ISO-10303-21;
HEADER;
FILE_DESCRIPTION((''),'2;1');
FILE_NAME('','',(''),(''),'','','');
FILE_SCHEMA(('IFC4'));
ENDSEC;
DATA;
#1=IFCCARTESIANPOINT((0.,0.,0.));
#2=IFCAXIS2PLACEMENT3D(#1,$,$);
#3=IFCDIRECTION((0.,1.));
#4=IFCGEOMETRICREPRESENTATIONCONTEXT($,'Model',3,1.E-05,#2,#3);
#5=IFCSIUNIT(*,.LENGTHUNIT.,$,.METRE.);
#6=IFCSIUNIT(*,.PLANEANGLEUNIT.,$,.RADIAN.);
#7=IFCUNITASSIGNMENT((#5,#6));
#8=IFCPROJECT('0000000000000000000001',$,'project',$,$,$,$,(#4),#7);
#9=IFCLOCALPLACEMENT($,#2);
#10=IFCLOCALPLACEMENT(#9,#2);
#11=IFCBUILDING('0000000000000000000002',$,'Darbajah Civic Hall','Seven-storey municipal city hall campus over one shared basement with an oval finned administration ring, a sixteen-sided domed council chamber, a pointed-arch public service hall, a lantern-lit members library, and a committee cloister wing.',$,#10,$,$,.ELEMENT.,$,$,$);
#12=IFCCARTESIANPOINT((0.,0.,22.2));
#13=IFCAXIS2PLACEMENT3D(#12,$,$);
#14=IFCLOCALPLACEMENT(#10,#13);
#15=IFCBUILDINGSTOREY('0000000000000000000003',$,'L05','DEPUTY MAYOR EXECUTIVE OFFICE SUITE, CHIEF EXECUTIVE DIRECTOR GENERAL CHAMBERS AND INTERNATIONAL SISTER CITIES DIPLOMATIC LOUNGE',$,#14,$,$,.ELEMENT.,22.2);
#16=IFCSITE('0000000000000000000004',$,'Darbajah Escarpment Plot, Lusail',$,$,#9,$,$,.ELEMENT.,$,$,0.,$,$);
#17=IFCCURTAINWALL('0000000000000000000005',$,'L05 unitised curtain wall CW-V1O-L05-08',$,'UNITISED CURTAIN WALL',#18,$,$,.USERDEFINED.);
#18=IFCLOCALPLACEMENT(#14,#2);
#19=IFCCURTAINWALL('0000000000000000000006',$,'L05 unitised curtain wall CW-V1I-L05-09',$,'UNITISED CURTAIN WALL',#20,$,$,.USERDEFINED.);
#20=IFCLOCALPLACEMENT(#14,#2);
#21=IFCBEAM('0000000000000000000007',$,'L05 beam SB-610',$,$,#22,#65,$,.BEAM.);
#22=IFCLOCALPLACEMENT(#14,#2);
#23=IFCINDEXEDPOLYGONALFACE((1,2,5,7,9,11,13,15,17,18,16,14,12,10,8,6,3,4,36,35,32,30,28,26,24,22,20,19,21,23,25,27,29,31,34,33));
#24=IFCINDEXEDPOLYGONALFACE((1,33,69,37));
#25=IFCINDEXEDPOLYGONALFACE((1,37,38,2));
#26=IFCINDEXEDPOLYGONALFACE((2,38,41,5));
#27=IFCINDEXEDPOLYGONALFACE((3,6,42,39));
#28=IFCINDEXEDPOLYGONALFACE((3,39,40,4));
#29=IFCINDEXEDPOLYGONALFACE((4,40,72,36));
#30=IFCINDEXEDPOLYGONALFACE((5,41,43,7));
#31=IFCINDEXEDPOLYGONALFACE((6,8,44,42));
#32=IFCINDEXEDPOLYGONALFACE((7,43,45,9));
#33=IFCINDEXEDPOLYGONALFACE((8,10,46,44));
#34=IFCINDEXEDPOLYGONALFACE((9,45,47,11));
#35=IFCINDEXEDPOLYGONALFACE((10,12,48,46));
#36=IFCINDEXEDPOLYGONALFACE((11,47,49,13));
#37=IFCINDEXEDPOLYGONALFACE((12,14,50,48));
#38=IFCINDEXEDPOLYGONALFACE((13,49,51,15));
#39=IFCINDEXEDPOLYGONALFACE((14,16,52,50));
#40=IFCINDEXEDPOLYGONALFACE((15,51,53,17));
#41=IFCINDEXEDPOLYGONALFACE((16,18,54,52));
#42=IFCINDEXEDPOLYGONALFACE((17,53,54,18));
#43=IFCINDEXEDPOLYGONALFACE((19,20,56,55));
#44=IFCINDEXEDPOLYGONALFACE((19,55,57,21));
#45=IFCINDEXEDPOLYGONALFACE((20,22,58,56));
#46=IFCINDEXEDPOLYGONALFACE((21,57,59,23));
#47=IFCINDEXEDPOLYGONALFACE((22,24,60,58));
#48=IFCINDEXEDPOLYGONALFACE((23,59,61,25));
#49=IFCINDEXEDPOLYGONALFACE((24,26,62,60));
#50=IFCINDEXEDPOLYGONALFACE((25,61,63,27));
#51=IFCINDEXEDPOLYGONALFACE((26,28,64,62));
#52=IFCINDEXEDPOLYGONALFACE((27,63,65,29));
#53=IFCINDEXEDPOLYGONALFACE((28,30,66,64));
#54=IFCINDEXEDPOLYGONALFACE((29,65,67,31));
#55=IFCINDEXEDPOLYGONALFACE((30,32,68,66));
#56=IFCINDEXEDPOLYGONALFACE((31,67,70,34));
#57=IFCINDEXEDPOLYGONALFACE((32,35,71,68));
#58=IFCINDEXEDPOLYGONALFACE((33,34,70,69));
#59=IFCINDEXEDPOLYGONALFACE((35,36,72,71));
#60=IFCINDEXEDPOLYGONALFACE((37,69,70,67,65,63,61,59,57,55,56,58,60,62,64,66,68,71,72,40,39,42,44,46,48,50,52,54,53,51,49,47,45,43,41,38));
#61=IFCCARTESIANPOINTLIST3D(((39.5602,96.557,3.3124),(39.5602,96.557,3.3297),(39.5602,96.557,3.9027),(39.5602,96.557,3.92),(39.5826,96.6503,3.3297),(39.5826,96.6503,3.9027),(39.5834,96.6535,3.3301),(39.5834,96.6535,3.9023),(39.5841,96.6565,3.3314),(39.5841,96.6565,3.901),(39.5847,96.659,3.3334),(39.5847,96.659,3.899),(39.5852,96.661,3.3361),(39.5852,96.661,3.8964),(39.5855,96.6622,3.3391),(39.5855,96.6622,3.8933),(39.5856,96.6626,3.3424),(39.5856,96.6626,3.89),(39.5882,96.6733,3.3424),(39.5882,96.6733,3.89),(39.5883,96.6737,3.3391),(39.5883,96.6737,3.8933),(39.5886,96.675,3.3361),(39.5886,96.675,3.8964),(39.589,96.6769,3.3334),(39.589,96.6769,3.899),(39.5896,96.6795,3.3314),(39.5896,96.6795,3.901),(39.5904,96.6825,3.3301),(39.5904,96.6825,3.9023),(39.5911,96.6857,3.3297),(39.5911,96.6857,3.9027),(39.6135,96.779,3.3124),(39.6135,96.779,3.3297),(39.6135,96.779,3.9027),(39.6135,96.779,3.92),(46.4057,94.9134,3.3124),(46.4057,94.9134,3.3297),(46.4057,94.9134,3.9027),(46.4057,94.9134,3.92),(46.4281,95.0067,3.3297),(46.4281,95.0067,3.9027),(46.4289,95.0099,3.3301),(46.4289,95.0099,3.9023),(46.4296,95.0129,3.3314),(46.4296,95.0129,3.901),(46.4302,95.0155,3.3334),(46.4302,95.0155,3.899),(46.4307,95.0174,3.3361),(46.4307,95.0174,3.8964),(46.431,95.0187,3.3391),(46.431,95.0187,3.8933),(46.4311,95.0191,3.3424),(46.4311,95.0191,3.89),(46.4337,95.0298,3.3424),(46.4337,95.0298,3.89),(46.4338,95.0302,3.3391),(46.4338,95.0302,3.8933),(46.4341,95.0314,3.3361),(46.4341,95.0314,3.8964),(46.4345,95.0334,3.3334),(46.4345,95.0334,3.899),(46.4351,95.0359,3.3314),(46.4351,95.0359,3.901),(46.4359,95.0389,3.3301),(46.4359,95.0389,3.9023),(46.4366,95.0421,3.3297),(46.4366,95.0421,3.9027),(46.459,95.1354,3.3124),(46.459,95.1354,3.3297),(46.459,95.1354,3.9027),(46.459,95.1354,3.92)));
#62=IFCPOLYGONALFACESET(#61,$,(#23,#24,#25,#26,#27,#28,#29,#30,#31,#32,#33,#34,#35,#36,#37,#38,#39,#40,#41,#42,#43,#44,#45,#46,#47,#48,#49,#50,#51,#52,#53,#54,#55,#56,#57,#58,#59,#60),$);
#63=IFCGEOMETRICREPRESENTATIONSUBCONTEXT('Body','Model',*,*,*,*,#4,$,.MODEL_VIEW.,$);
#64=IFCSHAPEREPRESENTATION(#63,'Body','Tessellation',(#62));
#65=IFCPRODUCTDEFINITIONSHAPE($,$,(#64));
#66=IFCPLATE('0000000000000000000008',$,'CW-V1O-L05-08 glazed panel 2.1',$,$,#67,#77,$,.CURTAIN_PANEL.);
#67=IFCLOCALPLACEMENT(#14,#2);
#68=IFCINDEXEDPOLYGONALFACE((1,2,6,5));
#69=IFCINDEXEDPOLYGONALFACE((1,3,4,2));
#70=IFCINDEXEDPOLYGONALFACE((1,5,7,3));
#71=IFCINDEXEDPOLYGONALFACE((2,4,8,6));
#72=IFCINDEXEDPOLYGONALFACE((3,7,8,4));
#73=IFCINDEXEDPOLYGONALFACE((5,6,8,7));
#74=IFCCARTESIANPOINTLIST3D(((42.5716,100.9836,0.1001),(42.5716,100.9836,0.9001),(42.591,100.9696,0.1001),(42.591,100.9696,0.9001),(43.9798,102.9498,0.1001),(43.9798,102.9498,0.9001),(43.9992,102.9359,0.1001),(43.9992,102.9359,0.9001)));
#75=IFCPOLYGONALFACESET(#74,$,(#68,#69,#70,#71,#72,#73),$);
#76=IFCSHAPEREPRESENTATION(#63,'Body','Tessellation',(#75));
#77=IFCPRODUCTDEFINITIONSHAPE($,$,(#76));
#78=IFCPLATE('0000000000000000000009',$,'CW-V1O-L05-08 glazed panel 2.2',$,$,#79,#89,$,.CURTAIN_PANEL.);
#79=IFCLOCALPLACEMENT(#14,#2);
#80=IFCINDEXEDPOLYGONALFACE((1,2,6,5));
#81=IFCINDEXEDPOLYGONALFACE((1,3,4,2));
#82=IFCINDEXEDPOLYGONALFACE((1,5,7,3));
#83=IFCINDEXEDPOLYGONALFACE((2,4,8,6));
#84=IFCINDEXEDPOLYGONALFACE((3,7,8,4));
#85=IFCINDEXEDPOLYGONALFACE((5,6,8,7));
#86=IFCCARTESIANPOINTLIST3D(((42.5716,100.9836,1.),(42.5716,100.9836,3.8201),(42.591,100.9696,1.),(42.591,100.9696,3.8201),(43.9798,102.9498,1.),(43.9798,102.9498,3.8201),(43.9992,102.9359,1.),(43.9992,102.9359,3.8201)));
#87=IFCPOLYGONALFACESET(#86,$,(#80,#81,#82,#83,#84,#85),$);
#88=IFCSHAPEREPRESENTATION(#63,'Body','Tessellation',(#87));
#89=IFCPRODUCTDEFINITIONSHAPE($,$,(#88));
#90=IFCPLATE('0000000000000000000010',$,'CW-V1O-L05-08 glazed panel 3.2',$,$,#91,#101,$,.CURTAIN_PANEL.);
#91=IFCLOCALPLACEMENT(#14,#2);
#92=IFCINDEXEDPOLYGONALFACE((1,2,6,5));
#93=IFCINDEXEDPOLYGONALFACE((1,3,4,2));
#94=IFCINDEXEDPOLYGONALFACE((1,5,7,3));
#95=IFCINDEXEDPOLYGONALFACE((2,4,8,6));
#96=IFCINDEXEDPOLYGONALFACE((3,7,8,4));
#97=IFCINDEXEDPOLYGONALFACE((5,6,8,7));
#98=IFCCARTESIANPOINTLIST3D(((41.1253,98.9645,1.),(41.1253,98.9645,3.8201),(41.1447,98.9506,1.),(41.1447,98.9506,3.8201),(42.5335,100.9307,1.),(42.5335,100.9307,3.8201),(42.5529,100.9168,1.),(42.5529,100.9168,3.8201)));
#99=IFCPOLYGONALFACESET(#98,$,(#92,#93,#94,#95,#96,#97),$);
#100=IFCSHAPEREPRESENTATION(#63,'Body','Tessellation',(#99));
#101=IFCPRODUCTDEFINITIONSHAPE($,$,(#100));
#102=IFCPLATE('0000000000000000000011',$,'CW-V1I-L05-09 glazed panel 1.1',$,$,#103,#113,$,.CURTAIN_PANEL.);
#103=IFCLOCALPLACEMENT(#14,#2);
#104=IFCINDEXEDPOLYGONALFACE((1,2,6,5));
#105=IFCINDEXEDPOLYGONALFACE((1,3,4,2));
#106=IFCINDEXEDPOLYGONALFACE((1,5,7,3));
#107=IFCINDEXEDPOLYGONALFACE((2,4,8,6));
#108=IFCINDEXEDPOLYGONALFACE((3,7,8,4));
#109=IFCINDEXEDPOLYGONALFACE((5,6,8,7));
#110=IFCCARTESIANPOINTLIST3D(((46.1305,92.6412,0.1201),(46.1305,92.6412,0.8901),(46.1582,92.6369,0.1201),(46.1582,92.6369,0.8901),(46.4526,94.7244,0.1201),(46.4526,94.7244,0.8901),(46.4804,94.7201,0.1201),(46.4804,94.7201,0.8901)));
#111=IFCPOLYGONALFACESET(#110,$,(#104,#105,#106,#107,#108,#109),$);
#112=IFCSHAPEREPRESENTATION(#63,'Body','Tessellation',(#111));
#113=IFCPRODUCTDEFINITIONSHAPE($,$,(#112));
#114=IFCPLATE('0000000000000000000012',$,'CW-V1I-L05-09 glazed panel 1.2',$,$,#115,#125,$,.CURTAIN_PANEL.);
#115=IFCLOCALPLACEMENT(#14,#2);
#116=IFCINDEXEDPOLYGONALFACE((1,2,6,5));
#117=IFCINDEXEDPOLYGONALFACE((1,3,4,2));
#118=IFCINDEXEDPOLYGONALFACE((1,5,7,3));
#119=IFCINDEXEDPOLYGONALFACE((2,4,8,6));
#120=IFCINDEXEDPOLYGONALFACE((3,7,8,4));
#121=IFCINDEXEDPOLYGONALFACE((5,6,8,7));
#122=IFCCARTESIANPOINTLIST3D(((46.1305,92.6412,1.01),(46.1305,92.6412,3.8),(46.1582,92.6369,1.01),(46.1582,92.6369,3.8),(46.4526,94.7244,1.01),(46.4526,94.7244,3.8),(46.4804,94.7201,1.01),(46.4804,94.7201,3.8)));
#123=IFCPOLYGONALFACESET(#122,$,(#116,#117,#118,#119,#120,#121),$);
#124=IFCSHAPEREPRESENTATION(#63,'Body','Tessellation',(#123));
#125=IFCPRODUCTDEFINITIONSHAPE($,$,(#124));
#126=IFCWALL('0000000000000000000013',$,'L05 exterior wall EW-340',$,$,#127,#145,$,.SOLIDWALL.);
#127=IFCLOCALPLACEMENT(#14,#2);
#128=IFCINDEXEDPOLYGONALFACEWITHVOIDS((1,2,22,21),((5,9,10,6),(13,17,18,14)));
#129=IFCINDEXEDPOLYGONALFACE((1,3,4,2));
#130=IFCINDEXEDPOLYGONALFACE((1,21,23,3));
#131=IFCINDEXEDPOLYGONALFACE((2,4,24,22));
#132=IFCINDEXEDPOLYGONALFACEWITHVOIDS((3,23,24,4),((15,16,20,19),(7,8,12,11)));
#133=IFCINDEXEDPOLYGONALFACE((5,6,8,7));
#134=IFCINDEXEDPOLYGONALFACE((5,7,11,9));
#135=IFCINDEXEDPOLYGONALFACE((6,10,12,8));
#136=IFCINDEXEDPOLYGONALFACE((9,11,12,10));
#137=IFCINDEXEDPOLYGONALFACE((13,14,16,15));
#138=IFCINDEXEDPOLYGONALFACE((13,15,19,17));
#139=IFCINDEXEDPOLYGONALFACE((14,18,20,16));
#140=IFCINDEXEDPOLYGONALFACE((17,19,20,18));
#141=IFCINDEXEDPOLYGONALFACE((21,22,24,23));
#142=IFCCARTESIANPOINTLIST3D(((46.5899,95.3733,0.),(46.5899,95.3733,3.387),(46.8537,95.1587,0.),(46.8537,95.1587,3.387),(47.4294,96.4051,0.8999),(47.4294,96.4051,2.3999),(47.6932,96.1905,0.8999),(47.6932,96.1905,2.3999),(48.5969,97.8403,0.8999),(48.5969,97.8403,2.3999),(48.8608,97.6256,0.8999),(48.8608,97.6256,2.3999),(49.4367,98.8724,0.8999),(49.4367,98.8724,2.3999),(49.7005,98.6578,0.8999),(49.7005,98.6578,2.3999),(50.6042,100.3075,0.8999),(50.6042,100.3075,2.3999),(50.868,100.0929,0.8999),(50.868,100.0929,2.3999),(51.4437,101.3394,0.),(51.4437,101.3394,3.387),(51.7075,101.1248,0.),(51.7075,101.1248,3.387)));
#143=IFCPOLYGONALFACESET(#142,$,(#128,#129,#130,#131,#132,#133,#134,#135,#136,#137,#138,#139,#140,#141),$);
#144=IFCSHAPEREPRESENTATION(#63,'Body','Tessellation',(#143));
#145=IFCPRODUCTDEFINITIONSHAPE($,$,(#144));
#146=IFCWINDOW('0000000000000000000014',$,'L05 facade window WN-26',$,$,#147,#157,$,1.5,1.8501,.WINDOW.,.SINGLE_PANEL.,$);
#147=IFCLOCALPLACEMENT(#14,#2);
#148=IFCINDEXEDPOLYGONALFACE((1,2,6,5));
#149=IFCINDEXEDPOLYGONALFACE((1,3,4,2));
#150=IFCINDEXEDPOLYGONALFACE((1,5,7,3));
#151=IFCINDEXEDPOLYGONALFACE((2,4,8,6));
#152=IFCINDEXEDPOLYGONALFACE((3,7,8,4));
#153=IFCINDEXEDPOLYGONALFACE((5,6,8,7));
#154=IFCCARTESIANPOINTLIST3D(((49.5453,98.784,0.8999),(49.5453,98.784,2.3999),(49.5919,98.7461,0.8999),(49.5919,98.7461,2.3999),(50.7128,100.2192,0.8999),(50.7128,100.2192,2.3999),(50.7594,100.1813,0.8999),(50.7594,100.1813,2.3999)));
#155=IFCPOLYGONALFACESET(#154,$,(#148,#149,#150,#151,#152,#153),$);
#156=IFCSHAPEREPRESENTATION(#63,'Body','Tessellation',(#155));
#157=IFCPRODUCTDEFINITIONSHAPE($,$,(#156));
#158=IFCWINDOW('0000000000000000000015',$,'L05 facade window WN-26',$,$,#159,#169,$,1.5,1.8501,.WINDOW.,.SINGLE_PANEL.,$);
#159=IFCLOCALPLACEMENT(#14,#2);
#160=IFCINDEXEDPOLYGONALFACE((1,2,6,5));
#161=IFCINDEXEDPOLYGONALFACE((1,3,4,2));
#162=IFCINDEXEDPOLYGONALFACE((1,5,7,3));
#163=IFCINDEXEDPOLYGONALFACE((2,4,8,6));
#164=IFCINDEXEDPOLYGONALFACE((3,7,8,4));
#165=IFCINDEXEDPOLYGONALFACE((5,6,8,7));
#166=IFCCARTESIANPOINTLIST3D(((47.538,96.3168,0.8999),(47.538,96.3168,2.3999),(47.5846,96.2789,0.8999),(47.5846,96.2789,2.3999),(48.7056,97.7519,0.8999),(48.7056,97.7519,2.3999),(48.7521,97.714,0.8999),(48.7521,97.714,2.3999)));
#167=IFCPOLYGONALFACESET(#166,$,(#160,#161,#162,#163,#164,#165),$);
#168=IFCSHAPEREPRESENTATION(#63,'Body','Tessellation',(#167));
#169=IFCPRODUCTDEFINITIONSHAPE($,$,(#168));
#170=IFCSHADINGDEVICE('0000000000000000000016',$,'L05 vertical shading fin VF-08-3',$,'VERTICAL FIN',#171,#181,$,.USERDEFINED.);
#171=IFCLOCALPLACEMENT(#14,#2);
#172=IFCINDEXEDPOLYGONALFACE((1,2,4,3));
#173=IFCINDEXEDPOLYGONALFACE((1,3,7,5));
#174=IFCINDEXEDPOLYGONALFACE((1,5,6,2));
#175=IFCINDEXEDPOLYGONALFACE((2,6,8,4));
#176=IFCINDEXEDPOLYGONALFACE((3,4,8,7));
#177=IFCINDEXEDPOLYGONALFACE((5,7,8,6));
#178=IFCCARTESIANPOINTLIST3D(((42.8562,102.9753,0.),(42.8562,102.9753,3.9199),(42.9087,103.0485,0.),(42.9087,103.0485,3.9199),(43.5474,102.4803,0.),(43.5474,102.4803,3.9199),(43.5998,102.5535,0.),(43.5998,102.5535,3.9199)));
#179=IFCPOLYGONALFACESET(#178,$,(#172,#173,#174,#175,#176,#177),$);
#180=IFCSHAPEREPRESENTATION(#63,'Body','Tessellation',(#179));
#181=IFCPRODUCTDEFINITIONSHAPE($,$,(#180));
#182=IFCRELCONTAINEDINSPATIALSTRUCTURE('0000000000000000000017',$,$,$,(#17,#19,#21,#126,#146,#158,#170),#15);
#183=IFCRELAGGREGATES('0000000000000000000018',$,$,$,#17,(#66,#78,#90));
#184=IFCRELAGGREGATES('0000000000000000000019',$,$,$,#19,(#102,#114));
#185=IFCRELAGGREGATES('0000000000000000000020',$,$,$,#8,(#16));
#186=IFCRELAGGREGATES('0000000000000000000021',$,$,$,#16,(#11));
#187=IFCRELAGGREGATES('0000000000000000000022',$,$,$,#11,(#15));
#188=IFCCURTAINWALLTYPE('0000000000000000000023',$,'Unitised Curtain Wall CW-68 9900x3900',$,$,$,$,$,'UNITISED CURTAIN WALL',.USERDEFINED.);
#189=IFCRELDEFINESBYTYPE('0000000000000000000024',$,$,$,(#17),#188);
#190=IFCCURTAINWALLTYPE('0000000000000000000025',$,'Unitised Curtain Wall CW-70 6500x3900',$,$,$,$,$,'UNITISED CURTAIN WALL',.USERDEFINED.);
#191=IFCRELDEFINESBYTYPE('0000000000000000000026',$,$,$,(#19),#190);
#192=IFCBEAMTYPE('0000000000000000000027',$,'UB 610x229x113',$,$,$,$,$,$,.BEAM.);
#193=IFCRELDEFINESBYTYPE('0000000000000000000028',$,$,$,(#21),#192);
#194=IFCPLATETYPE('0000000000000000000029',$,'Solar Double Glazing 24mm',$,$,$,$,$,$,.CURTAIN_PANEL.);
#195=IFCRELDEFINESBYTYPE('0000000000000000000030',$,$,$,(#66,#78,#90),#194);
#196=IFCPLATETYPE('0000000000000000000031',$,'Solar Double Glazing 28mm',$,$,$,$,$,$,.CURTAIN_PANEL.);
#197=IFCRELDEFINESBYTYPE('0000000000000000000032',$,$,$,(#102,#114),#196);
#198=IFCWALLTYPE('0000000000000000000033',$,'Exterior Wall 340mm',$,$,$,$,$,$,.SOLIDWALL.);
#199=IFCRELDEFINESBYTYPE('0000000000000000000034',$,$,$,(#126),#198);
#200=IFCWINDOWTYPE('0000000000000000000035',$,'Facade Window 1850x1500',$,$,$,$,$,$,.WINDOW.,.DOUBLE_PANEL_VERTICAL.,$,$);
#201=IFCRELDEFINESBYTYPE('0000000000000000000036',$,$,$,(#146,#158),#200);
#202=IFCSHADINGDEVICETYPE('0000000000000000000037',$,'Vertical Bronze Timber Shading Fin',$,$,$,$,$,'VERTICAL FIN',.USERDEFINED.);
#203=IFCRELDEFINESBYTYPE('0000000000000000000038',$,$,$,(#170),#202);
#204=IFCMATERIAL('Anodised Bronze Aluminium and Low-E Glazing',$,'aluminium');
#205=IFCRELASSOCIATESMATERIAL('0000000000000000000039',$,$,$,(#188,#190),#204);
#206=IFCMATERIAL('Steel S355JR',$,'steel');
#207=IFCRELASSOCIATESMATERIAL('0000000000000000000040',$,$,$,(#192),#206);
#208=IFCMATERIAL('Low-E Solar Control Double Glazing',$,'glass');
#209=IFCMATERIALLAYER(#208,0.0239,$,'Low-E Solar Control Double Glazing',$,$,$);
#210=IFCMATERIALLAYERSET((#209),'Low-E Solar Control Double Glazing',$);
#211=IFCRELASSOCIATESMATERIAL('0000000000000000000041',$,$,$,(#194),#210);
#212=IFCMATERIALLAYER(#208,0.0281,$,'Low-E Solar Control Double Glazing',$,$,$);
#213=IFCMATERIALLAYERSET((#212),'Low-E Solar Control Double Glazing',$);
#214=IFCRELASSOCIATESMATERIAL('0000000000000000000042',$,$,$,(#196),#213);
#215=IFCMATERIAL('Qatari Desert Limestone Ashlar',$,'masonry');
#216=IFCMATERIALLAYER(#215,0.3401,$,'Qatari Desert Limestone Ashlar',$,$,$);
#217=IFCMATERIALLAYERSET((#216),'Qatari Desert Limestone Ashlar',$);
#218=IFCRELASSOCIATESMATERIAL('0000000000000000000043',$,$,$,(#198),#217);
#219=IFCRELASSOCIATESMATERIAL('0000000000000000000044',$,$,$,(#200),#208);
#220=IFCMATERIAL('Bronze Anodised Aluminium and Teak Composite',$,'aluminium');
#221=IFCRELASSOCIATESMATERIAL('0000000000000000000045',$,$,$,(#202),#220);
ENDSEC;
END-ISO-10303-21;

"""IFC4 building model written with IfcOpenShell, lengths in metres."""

from ifc_helpers import new_model, si_unit, direction, frame, frame_2d, origin, origin_2d, place, context, subcontext, project, spatial, rectangle, i_section, extrude, material, layer, layer_set, material_profile, profile_set, type_object, element, fill, aggregate, save


model = new_model("IFC4")

# Units and contexts
model_context = context("Model", 3, precision=1e-05, world=origin(), true_north=direction((0.0, 1.0)))
body_context = subcontext(model_context, "Body", "Model", "MODEL_VIEW")
ifc_project = project(units=[si_unit("LENGTHUNIT", "METRE"), si_unit("PLANEANGLEUNIT", "RADIAN")], contexts=[model_context])

# Site, building, storey
site_placement = place(None, origin())
site = spatial("IfcSite", under=ifc_project, at=site_placement, Name="Darbajah Escarpment Plot, Lusail", CompositionType="ELEMENT", RefElevation=0.0)
building_placement = place(site_placement, origin())
building = spatial("IfcBuilding", under=site, at=building_placement, Name="Darbajah Civic Hall", Description="Seven-storey municipal city hall campus over one shared basement with an oval finned administration ring, a sixteen-sided domed council chamber, a pointed-arch public service hall, a lantern-lit members library, and a committee cloister wing.", CompositionType="ELEMENT")
storey_placement = place(building_placement, frame((0.0, 0.0, 22.2)))
storey = spatial("IfcBuildingStorey", under=building, at=storey_placement, Name="L05", Description="DEPUTY MAYOR EXECUTIVE OFFICE SUITE, CHIEF EXECUTIVE DIRECTOR GENERAL CHAMBERS AND INTERNATIONAL SISTER CITIES DIPLOMATIC LOUNGE", CompositionType="ELEMENT", Elevation=22.2)

# Curtain walls
ifc_material_1 = material(Name="Anodised Bronze Aluminium and Low-E Glazing", Category="aluminium")
curtain_wall_type_1 = type_object("IfcCurtainWallType", Name="Unitised Curtain Wall CW-68 9900x3900", ElementType="UNITISED CURTAIN WALL", PredefinedType="USERDEFINED", material=ifc_material_1)
curtain_wall_1_placement = place(storey_placement, origin())
curtain_wall_1 = element("IfcCurtainWall", 1, at=curtain_wall_1_placement, inside=storey, type_object=curtain_wall_type_1, Name="L05 unitised curtain wall CW-V1O-L05-08", ObjectType="UNITISED CURTAIN WALL", PredefinedType="USERDEFINED")
curtain_wall_type_2 = type_object("IfcCurtainWallType", Name="Unitised Curtain Wall CW-70 6500x3900", ElementType="UNITISED CURTAIN WALL", PredefinedType="USERDEFINED", material=ifc_material_1)
curtain_wall_2_placement = place(storey_placement, origin())
curtain_wall_2 = element("IfcCurtainWall", 2, at=curtain_wall_2_placement, inside=storey, type_object=curtain_wall_type_2, Name="L05 unitised curtain wall CW-V1I-L05-09", ObjectType="UNITISED CURTAIN WALL", PredefinedType="USERDEFINED")

# Beam
ifc_material_2 = material(Name="Steel S355JR", Category="steel")
ifc_material_profile_1 = material_profile(ifc_material_2, i_section(OverallWidth=0.2283, OverallDepth=0.6077, WebThickness=0.011, FlangeThickness=0.0173, FilletRadius=0.0127, at=origin_2d()), Name="UB 610x229x113")
ifc_profile_set_1 = profile_set([ifc_material_profile_1], Name="Steel S355JR")
beam_type_1 = type_object("IfcBeamType", Name="UB 610x229x113", PredefinedType="BEAM", material=ifc_profile_set_1)
for number, where, z_axis, x_axis, name in (
    (3, (46.4324, 95.0244, 3.6162), (-0.972367, 0.23346, 0.0), (-0.23346, -0.972367, 0.0), "L05 beam SB-610"),
):
    element("IfcBeam", number, at=place(storey_placement, frame(where, z_axis=z_axis, x_axis=x_axis)), inside=storey, type_object=beam_type_1, Name=name, PredefinedType="BEAM", context=body_context, shape_type="SweptSolid", body=[
        extrude(i_section(OverallWidth=0.2283, OverallDepth=0.6077, WebThickness=0.011, FlangeThickness=0.0173, FilletRadius=0.0127, at=origin_2d()), origin(), (0.0, 0.0, 1.0), 7.04),
    ])

# Plates
ifc_material_3 = material(Name="Low-E Solar Control Double Glazing", Category="glass")
ifc_layer_1 = layer(ifc_material_3, 0.0239, Name="Low-E Solar Control Double Glazing")
ifc_layer_set_1 = layer_set([ifc_layer_1], Name="Low-E Solar Control Double Glazing")
plate_type_1 = type_object("IfcPlateType", Name="Solar Double Glazing 24mm", PredefinedType="CURTAIN_PANEL", material=ifc_layer_set_1)
plate_1_placement = place(storey_placement, frame((43.2854, 101.9597, 0.1001), z_axis=(0.0, 0.0, 1.0), x_axis=(-0.582265, -0.812999, 0.0)))
plate_1 = element("IfcPlate", 4, at=plate_1_placement, type_object=plate_type_1, Name="CW-V1O-L05-08 glazed panel 2.1", PredefinedType="CURTAIN_PANEL", context=body_context, shape_type="SweptSolid", body=[
    extrude(rectangle(XDim=2.4185, YDim=0.0239, at=origin_2d()), origin(), (0.0, 0.0, 1.0), 0.8),
])
plate_2_placement = place(storey_placement, frame((43.2854, 101.9597, 1.0), z_axis=(0.0, 0.0, 1.0), x_axis=(-0.582265, -0.812999, 0.0)))
plate_2 = element("IfcPlate", 5, at=plate_2_placement, type_object=plate_type_1, Name="CW-V1O-L05-08 glazed panel 2.2", PredefinedType="CURTAIN_PANEL", context=body_context, shape_type="SweptSolid", body=[
    extrude(rectangle(XDim=2.4185, YDim=0.0239, at=origin_2d()), origin(), (0.0, 0.0, 1.0), 2.8201),
])
plate_3_placement = place(storey_placement, frame((41.8391, 99.9407, 1.0), z_axis=(0.0, 0.0, 1.0), x_axis=(-0.582265, -0.812999, 0.0)))
plate_3 = element("IfcPlate", 6, at=plate_3_placement, type_object=plate_type_1, Name="CW-V1O-L05-08 glazed panel 3.2", PredefinedType="CURTAIN_PANEL", context=body_context, shape_type="SweptSolid", body=[
    extrude(rectangle(XDim=2.4185, YDim=0.0239, at=origin_2d()), origin(), (0.0, 0.0, 1.0), 2.8201),
])
aggregate(curtain_wall_1, [plate_1, plate_2, plate_3])
ifc_layer_2 = layer(ifc_material_3, 0.0281, Name="Low-E Solar Control Double Glazing")
ifc_layer_set_2 = layer_set([ifc_layer_2], Name="Low-E Solar Control Double Glazing")
plate_type_2 = type_object("IfcPlateType", Name="Solar Double Glazing 28mm", PredefinedType="CURTAIN_PANEL", material=ifc_layer_set_2)
plate_4_placement = place(storey_placement, frame((46.3054, 93.6807, 0.1201), z_axis=(0.0, 0.0, 1.0), x_axis=(-0.152813, -0.988255, 0.0)))
plate_4 = element("IfcPlate", 7, at=plate_4_placement, type_object=plate_type_2, Name="CW-V1I-L05-09 glazed panel 1.1", PredefinedType="CURTAIN_PANEL", context=body_context, shape_type="SweptSolid", body=[
    extrude(rectangle(XDim=2.1079, YDim=0.0281, at=origin_2d()), origin(), (0.0, 0.0, 1.0), 0.77),
])
plate_5_placement = place(storey_placement, frame((46.3054, 93.6807, 1.01), z_axis=(0.0, 0.0, 1.0), x_axis=(-0.152813, -0.988255, 0.0)))
plate_5 = element("IfcPlate", 8, at=plate_5_placement, type_object=plate_type_2, Name="CW-V1I-L05-09 glazed panel 1.2", PredefinedType="CURTAIN_PANEL", context=body_context, shape_type="SweptSolid", body=[
    extrude(rectangle(XDim=2.1079, YDim=0.0281, at=origin_2d()), origin(), (0.0, 0.0, 1.0), 2.79),
])
aggregate(curtain_wall_2, [plate_4, plate_5])

# Wall, openings, windows
ifc_material_4 = material(Name="Qatari Desert Limestone Ashlar", Category="masonry")
ifc_layer_3 = layer(ifc_material_4, 0.3401, Name="Qatari Desert Limestone Ashlar")
ifc_layer_set_3 = layer_set([ifc_layer_3], Name="Qatari Desert Limestone Ashlar")
wall_type = type_object("IfcWallType", Name="Exterior Wall 340mm", PredefinedType="SOLIDWALL", material=ifc_layer_set_3)
wall_placement = place(storey_placement, frame((51.5757, 101.2322, 0.0), z_axis=(0.0, 0.0, 1.0), x_axis=(-0.631088, -0.775711, 0.0)))
wall = element("IfcWall", 9, at=wall_placement, inside=storey, type_object=wall_type, Name="L05 exterior wall EW-340", PredefinedType="SOLIDWALL", context=body_context, shape_type="SweptSolid", body=[
    extrude(rectangle(XDim=7.6912, YDim=0.3401, at=frame_2d((3.8457, 0.0))), origin(), (0.0, 0.0, 1.0), 3.387),
])
opening_1_placement = place(wall_placement, frame((1.3303, 0.0, 0.8999)))
opening_1 = element("IfcOpeningElement", 10, at=opening_1_placement, cuts=wall, PredefinedType="OPENING", context=body_context, shape_type="SweptSolid", body=[
    extrude(rectangle(XDim=1.8501, YDim=1.5, at=frame_2d((0.925, 0.75))), frame((0.0, 0.1799, 0.0), z_axis=(0.0, -1.0, 0.0), x_axis=(1.0, 0.0, 0.0)), (0.0, 0.0, 1.0), 0.3601),
])
opening_2_placement = place(wall_placement, frame((4.511, 0.0, 0.8999)))
opening_2 = element("IfcOpeningElement", 11, at=opening_2_placement, cuts=wall, PredefinedType="OPENING", context=body_context, shape_type="SweptSolid", body=[
    extrude(rectangle(XDim=1.8501, YDim=1.5, at=frame_2d((0.925, 0.75))), frame((0.0, 0.1799, 0.0), z_axis=(0.0, -1.0, 0.0), x_axis=(1.0, 0.0, 0.0)), (0.0, 0.0, 1.0), 0.3601),
])
window_type = type_object("IfcWindowType", Name="Facade Window 1850x1500", PartitioningType="DOUBLE_PANEL_VERTICAL", PredefinedType="WINDOW", material=ifc_material_3)
window_1_placement = place(opening_1_placement, origin())
window_1 = element("IfcWindow", 12, at=window_1_placement, inside=storey, type_object=window_type, Name="L05 facade window WN-26", OverallHeight=1.5, OverallWidth=1.8501, PartitioningType="SINGLE_PANEL", PredefinedType="WINDOW", context=body_context, shape_type="SweptSolid", body=[
    extrude(rectangle(XDim=1.8501, YDim=1.5, at=frame_2d((0.925, 0.75))), frame((0.0, 0.03, 0.0), z_axis=(0.0, -1.0, 0.0), x_axis=(1.0, 0.0, 0.0)), (0.0, 0.0, 1.0), 0.0601),
])
fill(opening_1, window_1)
window_2_placement = place(opening_2_placement, origin())
window_2 = element("IfcWindow", 13, at=window_2_placement, inside=storey, type_object=window_type, Name="L05 facade window WN-26", OverallHeight=1.5, OverallWidth=1.8501, PartitioningType="SINGLE_PANEL", PredefinedType="WINDOW", context=body_context, shape_type="SweptSolid", body=[
    extrude(rectangle(XDim=1.8501, YDim=1.5, at=frame_2d((0.925, 0.75))), frame((0.0, 0.03, 0.0), z_axis=(0.0, -1.0, 0.0), x_axis=(1.0, 0.0, 0.0)), (0.0, 0.0, 1.0), 0.0601),
])
fill(opening_2, window_2)

# Shading device
ifc_material_5 = material(Name="Bronze Anodised Aluminium and Teak Composite", Category="aluminium")
shading_device_type = type_object("IfcShadingDeviceType", Name="Vertical Bronze Timber Shading Fin", ElementType="VERTICAL FIN", PredefinedType="USERDEFINED", material=ifc_material_5)
for number, where, z_axis, x_axis, name in (
    (14, (43.228, 102.7644, 0.0), (0.0, 0.0, 1.0), (-0.812999, 0.582265, 0.0), "L05 vertical shading fin VF-08-3"),
):
    element("IfcShadingDevice", number, at=place(storey_placement, frame(where, z_axis=z_axis, x_axis=x_axis)), inside=storey, type_object=shading_device_type, Name=name, ObjectType="VERTICAL FIN", PredefinedType="USERDEFINED", context=body_context, shape_type="SweptSolid", body=[
        extrude(rectangle(XDim=0.8501, YDim=0.0901, at=origin_2d()), origin(), (0.0, 0.0, 1.0), 3.9199),
    ])

save(model, "model.ifc")
